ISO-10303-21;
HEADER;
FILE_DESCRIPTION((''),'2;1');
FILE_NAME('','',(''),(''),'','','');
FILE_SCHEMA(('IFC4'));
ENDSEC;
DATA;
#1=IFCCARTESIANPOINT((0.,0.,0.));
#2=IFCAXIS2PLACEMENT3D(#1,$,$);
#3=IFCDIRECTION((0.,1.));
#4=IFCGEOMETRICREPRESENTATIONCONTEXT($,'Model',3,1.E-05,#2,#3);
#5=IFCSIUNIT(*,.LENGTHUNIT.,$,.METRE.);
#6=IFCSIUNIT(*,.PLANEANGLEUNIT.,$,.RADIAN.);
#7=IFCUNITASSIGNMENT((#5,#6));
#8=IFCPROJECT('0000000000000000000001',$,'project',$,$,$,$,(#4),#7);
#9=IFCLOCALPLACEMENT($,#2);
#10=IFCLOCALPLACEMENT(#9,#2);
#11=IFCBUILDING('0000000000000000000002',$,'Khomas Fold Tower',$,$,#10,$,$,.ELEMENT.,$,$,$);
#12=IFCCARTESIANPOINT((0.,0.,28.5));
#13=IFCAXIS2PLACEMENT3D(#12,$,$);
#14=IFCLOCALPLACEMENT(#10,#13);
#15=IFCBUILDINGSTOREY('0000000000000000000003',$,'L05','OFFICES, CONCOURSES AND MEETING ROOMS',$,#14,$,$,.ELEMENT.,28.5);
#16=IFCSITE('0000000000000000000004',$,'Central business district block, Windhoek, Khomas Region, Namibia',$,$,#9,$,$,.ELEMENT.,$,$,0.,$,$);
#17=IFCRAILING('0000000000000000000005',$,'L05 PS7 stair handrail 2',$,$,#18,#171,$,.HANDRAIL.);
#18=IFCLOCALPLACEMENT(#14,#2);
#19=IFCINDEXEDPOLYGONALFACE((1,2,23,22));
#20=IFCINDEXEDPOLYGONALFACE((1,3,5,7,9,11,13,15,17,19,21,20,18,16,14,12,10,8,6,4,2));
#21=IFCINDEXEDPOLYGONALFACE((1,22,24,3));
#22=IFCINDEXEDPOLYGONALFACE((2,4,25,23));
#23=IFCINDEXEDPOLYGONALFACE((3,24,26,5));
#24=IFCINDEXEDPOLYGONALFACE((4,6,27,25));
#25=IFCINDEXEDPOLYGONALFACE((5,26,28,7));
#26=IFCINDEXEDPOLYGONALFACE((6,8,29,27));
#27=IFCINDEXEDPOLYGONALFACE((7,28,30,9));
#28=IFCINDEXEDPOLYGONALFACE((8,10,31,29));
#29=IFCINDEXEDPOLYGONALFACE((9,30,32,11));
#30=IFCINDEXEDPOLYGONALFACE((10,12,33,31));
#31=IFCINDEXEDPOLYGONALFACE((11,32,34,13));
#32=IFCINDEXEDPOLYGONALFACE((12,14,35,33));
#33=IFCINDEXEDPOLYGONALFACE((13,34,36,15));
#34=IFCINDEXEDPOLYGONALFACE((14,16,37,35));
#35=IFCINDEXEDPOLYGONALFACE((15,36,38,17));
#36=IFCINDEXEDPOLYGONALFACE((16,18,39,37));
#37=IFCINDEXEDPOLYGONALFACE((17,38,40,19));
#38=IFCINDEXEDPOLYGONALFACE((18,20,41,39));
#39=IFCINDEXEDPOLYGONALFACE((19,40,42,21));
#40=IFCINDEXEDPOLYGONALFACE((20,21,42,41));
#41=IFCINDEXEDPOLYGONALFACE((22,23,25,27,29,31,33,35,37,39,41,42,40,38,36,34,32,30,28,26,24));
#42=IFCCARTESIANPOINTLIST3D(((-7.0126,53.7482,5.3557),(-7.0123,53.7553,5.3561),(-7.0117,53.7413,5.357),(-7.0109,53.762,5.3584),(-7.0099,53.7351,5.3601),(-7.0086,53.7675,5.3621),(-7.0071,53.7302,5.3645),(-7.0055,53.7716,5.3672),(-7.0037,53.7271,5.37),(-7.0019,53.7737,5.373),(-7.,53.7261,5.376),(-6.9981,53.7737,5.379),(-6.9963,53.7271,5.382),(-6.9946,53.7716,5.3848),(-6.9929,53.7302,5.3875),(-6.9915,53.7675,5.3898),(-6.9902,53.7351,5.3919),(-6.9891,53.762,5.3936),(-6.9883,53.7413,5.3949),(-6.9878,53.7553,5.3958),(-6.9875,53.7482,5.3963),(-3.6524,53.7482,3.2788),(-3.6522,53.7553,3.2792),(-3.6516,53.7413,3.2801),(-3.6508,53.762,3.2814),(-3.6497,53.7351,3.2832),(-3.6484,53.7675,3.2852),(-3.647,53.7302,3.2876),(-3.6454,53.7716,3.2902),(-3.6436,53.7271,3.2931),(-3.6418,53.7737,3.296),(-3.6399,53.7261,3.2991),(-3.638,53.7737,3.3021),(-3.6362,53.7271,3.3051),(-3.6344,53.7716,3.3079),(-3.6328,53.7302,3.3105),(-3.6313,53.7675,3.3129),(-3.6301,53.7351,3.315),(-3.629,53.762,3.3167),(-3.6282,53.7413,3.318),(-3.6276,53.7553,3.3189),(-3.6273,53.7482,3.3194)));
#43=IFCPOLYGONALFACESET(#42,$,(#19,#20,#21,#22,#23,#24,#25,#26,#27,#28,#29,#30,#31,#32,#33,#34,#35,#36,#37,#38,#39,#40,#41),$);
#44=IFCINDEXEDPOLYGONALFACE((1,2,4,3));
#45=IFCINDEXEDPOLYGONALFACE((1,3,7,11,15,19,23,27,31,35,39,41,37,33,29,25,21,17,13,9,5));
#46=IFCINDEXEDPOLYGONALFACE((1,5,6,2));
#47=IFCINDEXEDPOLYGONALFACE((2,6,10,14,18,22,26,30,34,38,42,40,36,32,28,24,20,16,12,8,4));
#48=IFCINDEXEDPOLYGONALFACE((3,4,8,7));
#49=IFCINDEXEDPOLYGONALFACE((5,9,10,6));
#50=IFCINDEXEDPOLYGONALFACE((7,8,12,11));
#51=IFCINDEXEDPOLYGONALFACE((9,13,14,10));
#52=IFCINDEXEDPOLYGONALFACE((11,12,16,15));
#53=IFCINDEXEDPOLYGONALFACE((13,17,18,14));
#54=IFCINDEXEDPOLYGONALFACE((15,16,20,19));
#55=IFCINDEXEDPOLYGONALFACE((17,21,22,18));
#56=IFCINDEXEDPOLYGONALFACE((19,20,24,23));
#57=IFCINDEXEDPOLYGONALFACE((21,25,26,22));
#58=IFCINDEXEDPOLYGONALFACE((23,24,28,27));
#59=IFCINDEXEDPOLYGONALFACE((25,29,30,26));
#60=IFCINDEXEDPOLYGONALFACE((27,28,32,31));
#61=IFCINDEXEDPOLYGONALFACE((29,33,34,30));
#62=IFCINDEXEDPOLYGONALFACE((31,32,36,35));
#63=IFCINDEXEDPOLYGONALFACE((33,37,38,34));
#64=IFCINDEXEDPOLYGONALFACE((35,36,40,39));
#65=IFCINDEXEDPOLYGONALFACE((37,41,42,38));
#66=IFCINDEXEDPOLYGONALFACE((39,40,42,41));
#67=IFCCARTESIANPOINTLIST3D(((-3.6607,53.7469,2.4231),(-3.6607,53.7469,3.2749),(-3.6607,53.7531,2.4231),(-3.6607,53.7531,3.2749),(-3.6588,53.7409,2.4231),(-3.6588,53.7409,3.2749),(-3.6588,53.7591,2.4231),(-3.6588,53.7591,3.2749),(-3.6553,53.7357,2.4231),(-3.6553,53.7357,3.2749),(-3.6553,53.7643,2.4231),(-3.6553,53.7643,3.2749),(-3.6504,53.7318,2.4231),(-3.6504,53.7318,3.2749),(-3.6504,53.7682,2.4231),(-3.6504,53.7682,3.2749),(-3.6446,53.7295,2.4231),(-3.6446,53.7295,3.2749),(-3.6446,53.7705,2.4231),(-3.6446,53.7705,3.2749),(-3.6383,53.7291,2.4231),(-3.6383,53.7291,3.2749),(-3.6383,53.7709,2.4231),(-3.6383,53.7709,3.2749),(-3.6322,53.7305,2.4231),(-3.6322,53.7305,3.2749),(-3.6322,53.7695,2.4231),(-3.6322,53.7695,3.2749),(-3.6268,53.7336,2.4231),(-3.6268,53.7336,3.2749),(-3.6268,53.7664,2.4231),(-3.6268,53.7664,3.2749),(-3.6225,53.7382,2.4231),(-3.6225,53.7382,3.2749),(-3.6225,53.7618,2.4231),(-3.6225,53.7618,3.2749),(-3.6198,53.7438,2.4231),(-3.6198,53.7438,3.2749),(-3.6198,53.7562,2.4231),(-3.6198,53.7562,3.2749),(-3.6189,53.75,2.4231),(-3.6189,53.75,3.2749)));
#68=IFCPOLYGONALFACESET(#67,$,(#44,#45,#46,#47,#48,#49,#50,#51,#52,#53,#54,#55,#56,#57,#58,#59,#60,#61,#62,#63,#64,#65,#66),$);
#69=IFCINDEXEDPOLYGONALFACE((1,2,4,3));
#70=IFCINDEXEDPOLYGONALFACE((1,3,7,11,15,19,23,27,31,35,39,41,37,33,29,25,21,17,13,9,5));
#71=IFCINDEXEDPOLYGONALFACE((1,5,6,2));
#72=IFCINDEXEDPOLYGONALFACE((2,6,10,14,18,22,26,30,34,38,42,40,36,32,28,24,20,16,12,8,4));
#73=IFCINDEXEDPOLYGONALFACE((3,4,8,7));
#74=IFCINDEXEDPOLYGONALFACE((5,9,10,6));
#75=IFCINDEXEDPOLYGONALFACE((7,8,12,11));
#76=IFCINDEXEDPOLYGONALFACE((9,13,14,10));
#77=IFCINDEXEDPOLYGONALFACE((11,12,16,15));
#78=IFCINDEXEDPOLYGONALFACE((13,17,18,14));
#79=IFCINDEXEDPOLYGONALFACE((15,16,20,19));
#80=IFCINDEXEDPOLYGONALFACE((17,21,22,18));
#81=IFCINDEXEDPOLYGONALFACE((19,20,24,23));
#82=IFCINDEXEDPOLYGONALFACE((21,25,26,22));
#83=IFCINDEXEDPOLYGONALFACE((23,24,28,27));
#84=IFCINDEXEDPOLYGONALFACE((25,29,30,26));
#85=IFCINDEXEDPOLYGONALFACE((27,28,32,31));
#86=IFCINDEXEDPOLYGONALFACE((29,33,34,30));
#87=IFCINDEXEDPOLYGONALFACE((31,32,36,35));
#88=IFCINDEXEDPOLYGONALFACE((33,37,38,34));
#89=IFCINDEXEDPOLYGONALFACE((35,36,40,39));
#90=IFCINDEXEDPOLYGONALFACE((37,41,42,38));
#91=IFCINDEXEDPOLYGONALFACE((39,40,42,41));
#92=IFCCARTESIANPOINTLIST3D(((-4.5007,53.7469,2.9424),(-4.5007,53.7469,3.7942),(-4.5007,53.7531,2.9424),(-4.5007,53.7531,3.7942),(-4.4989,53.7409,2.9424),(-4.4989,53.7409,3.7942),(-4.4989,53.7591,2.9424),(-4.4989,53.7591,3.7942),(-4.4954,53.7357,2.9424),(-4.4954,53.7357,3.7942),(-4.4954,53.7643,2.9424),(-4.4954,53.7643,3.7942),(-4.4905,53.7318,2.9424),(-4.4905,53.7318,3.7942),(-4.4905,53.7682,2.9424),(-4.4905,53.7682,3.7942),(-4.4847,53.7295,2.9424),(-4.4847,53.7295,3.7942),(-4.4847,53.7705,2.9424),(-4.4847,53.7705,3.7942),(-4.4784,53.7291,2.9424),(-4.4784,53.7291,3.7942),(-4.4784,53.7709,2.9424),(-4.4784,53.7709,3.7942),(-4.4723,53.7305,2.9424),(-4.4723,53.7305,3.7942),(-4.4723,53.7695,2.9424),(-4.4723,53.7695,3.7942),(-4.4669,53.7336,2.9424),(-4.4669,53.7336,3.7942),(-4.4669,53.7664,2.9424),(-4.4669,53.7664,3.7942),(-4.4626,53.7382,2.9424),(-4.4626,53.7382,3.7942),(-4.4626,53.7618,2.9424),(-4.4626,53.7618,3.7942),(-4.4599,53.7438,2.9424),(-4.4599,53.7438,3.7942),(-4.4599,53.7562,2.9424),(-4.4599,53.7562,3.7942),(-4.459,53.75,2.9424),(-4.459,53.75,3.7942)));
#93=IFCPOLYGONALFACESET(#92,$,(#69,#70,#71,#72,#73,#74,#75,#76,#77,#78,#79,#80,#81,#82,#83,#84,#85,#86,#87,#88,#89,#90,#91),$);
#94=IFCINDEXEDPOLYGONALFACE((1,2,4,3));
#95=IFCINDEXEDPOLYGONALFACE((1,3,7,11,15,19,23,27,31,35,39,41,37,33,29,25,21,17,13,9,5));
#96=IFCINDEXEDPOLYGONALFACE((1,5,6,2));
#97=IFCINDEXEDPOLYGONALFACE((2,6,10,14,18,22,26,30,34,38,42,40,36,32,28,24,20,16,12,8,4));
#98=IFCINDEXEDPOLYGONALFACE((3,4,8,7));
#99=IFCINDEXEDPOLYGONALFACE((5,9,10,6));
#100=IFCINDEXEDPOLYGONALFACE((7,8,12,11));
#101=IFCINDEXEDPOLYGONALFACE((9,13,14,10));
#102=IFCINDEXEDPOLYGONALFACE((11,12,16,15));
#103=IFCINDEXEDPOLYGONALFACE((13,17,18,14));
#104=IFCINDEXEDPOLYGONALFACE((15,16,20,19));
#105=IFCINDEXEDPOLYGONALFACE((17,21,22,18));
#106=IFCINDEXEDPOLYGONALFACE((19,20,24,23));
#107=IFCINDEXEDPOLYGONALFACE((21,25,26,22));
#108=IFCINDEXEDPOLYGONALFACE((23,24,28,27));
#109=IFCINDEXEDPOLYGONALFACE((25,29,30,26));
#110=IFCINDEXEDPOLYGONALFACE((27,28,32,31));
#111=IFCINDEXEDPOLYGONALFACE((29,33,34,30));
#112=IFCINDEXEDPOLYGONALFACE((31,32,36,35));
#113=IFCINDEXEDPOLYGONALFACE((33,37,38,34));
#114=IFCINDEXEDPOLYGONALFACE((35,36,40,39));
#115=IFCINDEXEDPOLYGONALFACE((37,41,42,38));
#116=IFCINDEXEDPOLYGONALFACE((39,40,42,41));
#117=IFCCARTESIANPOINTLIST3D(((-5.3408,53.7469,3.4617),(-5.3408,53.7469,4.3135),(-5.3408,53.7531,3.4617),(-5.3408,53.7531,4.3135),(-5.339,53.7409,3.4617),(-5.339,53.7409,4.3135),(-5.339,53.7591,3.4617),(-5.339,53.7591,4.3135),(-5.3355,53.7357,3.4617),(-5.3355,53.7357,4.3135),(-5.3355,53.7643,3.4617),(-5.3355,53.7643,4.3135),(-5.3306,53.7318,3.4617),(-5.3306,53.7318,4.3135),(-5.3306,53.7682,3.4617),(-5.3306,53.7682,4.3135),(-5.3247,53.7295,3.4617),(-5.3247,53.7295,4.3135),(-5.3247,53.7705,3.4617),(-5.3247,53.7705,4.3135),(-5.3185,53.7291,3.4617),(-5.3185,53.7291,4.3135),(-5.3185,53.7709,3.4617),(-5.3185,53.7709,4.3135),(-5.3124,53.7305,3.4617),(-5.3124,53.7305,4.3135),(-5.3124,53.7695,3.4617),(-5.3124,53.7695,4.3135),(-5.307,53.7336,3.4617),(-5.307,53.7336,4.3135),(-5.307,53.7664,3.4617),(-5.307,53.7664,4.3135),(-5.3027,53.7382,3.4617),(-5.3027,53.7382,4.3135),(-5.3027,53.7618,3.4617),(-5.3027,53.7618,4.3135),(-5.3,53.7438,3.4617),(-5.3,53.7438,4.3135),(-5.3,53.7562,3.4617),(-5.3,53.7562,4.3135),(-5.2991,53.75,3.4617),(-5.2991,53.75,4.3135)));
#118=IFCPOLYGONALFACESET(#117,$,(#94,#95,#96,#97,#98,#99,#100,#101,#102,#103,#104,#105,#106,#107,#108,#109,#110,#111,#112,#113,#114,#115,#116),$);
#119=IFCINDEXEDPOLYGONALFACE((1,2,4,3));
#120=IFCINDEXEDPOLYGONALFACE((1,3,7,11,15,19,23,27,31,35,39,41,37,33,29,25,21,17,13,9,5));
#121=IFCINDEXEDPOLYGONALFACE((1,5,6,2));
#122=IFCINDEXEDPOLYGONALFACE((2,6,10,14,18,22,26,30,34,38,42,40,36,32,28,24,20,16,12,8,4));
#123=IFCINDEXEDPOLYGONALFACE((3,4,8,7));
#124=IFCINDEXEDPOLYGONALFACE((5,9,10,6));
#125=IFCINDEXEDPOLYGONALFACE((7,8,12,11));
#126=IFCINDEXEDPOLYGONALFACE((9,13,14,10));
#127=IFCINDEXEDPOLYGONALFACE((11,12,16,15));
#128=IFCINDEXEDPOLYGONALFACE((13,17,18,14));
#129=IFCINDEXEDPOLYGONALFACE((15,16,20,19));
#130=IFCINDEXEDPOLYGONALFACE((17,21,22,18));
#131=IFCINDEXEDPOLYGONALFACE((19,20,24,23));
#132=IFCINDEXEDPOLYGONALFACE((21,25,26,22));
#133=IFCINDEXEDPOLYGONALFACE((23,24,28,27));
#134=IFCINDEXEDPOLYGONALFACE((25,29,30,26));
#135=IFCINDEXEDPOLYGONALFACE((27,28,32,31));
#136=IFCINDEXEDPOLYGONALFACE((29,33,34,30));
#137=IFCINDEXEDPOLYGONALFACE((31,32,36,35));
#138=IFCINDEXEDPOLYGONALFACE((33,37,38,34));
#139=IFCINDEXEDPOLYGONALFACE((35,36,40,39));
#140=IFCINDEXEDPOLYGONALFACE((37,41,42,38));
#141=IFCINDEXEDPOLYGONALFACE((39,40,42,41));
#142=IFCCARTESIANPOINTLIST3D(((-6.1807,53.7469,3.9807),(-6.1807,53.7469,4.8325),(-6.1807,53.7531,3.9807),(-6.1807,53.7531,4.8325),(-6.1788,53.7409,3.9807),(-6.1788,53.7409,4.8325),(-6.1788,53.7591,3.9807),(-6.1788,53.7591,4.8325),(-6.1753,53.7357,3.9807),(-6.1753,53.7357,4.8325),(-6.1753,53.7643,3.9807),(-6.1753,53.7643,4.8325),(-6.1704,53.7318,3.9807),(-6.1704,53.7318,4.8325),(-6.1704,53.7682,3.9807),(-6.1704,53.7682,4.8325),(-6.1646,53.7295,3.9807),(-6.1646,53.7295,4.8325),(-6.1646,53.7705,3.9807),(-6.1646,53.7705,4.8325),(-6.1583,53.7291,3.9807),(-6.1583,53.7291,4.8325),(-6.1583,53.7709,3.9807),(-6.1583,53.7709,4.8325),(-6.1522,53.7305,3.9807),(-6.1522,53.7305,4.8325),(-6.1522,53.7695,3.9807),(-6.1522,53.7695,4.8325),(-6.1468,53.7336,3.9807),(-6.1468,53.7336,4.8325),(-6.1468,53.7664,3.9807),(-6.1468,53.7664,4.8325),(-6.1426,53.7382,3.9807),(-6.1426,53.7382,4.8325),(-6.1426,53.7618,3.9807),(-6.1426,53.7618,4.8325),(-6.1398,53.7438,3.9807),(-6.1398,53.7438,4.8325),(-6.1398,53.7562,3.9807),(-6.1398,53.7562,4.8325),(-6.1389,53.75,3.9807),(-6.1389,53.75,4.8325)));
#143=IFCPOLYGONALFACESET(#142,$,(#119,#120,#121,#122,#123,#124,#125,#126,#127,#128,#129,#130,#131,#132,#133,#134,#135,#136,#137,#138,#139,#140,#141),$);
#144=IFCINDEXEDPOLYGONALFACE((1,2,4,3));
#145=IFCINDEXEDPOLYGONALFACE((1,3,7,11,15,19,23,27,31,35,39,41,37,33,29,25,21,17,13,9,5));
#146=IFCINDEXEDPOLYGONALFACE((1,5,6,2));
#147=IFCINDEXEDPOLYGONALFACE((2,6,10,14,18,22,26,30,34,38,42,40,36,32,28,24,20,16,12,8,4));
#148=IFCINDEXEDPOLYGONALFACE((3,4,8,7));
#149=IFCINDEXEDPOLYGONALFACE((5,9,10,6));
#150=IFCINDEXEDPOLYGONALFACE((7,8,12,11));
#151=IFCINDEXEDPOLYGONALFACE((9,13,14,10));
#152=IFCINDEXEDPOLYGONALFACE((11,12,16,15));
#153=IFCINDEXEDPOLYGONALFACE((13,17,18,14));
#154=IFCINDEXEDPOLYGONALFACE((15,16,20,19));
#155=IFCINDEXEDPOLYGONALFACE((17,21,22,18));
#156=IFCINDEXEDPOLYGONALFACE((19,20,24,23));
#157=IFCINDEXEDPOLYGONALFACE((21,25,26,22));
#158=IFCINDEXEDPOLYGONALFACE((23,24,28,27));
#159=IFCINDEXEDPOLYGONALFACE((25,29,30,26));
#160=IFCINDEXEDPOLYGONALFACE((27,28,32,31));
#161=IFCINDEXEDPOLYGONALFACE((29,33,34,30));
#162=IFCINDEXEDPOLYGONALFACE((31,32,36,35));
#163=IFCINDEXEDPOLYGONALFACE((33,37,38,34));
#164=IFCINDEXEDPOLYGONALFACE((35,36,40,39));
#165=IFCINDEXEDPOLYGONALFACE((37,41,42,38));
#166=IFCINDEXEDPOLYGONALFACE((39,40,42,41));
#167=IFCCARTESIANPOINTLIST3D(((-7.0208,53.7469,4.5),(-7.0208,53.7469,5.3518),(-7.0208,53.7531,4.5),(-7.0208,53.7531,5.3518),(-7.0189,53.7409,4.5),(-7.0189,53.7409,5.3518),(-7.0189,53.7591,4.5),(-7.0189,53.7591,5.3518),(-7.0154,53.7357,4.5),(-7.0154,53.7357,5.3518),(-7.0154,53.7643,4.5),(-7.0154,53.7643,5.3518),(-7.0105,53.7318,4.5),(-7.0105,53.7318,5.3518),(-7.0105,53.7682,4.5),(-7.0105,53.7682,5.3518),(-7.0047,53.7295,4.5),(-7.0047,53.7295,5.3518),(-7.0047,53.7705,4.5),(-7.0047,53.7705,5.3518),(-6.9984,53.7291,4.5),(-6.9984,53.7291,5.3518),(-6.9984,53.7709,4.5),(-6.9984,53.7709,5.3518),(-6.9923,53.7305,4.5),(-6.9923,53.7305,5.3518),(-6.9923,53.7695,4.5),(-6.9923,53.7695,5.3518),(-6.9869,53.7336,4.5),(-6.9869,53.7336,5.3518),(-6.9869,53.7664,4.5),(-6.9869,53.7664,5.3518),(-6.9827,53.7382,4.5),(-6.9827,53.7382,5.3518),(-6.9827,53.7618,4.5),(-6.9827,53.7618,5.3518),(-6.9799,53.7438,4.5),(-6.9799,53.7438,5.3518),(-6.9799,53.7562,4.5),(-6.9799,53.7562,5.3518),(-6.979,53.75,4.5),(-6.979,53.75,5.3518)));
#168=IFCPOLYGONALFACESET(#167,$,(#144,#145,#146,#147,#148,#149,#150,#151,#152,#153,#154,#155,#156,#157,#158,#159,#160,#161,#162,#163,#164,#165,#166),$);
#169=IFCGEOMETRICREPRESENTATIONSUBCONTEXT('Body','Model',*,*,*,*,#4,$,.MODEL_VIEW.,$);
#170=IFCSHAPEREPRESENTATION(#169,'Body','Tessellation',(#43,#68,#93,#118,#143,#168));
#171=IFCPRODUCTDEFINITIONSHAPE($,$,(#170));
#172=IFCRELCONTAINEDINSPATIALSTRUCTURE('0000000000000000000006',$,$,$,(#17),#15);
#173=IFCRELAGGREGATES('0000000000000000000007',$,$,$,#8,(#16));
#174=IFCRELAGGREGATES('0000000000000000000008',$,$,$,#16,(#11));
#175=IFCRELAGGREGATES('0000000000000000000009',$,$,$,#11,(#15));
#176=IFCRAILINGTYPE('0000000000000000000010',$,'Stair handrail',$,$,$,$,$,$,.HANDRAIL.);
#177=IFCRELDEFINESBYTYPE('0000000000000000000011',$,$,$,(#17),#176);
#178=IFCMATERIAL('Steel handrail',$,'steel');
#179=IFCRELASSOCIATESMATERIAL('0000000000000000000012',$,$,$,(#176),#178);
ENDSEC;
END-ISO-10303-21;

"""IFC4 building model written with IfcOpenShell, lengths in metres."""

from ifc_helpers import new_model, si_unit, direction, frame, origin, origin_2d, place, context, subcontext, project, spatial, circle, extrude, source, transform, mapped, material, type_object, element, save


model = new_model("IFC4")

# Units and contexts
model_context = context("Model", 3, precision=1e-05, world=origin(), true_north=direction((0.0, 1.0)))
body_context = subcontext(model_context, "Body", "Model", "MODEL_VIEW")
ifc_project = project(units=[si_unit("LENGTHUNIT", "METRE"), si_unit("PLANEANGLEUNIT", "RADIAN")], contexts=[model_context])

# Site, building, storey
site_placement = place(None, origin())
site = spatial("IfcSite", under=ifc_project, at=site_placement, Name="Central business district block, Windhoek, Khomas Region, Namibia", CompositionType="ELEMENT", RefElevation=0.0)
building_placement = place(site_placement, origin())
building = spatial("IfcBuilding", under=site, at=building_placement, Name="Khomas Fold Tower", CompositionType="ELEMENT")
storey_placement = place(building_placement, frame((0.0, 0.0, 28.5)))
storey = spatial("IfcBuildingStorey", under=building, at=storey_placement, Name="L05", Description="OFFICES, CONCOURSES AND MEETING ROOMS", CompositionType="ELEMENT", Elevation=28.5)

# Railing
ifc_material_1 = material(Name="Steel handrail", Category="steel")
railing_type_1 = type_object("IfcRailingType", Name="Stair handrail", PredefinedType="HANDRAIL", material=ifc_material_1)
shared_shape_1 = source(origin(), body_context, "Body", "SweptSolid", [
    extrude(circle(Radius=0.0239, at=origin_2d()), frame((0.0, 0.0, 0.876), z_axis=(-0.850623, 0.0, 0.525776), x_axis=(0.0, -1.0, 0.0)), (0.0, 0.0, 1.0), 3.9502),
    extrude(circle(Radius=0.021, at=origin_2d()), origin(), (0.0, 0.0, 1.0), 0.8518),
    extrude(circle(Radius=0.021, at=origin_2d()), frame((-0.8401, 0.0, 0.5193)), (0.0, 0.0, 1.0), 0.8518),
    extrude(circle(Radius=0.021, at=origin_2d()), frame((-1.6802, 0.0, 1.0386)), (0.0, 0.0, 1.0), 0.8518),
    extrude(circle(Radius=0.021, at=origin_2d()), frame((-2.52, 0.0, 1.5576)), (0.0, 0.0, 1.0), 0.8518),
    extrude(circle(Radius=0.021, at=origin_2d()), frame((-3.3601, 0.0, 2.0769)), (0.0, 0.0, 1.0), 0.8518),
])
railing_1_placement = place(storey_placement, frame((-3.6399, 53.75, 2.4231)))
element("IfcRailing", 1, at=railing_1_placement, inside=storey, type_object=railing_type_1, Name="L05 PS7 stair handrail 2", PredefinedType="HANDRAIL", context=body_context, shape_type="MappedRepresentation", body=[
    mapped(shared_shape_1, transform((0.0, 0.0, 0.0))),
])

save(model, "model.ifc")
